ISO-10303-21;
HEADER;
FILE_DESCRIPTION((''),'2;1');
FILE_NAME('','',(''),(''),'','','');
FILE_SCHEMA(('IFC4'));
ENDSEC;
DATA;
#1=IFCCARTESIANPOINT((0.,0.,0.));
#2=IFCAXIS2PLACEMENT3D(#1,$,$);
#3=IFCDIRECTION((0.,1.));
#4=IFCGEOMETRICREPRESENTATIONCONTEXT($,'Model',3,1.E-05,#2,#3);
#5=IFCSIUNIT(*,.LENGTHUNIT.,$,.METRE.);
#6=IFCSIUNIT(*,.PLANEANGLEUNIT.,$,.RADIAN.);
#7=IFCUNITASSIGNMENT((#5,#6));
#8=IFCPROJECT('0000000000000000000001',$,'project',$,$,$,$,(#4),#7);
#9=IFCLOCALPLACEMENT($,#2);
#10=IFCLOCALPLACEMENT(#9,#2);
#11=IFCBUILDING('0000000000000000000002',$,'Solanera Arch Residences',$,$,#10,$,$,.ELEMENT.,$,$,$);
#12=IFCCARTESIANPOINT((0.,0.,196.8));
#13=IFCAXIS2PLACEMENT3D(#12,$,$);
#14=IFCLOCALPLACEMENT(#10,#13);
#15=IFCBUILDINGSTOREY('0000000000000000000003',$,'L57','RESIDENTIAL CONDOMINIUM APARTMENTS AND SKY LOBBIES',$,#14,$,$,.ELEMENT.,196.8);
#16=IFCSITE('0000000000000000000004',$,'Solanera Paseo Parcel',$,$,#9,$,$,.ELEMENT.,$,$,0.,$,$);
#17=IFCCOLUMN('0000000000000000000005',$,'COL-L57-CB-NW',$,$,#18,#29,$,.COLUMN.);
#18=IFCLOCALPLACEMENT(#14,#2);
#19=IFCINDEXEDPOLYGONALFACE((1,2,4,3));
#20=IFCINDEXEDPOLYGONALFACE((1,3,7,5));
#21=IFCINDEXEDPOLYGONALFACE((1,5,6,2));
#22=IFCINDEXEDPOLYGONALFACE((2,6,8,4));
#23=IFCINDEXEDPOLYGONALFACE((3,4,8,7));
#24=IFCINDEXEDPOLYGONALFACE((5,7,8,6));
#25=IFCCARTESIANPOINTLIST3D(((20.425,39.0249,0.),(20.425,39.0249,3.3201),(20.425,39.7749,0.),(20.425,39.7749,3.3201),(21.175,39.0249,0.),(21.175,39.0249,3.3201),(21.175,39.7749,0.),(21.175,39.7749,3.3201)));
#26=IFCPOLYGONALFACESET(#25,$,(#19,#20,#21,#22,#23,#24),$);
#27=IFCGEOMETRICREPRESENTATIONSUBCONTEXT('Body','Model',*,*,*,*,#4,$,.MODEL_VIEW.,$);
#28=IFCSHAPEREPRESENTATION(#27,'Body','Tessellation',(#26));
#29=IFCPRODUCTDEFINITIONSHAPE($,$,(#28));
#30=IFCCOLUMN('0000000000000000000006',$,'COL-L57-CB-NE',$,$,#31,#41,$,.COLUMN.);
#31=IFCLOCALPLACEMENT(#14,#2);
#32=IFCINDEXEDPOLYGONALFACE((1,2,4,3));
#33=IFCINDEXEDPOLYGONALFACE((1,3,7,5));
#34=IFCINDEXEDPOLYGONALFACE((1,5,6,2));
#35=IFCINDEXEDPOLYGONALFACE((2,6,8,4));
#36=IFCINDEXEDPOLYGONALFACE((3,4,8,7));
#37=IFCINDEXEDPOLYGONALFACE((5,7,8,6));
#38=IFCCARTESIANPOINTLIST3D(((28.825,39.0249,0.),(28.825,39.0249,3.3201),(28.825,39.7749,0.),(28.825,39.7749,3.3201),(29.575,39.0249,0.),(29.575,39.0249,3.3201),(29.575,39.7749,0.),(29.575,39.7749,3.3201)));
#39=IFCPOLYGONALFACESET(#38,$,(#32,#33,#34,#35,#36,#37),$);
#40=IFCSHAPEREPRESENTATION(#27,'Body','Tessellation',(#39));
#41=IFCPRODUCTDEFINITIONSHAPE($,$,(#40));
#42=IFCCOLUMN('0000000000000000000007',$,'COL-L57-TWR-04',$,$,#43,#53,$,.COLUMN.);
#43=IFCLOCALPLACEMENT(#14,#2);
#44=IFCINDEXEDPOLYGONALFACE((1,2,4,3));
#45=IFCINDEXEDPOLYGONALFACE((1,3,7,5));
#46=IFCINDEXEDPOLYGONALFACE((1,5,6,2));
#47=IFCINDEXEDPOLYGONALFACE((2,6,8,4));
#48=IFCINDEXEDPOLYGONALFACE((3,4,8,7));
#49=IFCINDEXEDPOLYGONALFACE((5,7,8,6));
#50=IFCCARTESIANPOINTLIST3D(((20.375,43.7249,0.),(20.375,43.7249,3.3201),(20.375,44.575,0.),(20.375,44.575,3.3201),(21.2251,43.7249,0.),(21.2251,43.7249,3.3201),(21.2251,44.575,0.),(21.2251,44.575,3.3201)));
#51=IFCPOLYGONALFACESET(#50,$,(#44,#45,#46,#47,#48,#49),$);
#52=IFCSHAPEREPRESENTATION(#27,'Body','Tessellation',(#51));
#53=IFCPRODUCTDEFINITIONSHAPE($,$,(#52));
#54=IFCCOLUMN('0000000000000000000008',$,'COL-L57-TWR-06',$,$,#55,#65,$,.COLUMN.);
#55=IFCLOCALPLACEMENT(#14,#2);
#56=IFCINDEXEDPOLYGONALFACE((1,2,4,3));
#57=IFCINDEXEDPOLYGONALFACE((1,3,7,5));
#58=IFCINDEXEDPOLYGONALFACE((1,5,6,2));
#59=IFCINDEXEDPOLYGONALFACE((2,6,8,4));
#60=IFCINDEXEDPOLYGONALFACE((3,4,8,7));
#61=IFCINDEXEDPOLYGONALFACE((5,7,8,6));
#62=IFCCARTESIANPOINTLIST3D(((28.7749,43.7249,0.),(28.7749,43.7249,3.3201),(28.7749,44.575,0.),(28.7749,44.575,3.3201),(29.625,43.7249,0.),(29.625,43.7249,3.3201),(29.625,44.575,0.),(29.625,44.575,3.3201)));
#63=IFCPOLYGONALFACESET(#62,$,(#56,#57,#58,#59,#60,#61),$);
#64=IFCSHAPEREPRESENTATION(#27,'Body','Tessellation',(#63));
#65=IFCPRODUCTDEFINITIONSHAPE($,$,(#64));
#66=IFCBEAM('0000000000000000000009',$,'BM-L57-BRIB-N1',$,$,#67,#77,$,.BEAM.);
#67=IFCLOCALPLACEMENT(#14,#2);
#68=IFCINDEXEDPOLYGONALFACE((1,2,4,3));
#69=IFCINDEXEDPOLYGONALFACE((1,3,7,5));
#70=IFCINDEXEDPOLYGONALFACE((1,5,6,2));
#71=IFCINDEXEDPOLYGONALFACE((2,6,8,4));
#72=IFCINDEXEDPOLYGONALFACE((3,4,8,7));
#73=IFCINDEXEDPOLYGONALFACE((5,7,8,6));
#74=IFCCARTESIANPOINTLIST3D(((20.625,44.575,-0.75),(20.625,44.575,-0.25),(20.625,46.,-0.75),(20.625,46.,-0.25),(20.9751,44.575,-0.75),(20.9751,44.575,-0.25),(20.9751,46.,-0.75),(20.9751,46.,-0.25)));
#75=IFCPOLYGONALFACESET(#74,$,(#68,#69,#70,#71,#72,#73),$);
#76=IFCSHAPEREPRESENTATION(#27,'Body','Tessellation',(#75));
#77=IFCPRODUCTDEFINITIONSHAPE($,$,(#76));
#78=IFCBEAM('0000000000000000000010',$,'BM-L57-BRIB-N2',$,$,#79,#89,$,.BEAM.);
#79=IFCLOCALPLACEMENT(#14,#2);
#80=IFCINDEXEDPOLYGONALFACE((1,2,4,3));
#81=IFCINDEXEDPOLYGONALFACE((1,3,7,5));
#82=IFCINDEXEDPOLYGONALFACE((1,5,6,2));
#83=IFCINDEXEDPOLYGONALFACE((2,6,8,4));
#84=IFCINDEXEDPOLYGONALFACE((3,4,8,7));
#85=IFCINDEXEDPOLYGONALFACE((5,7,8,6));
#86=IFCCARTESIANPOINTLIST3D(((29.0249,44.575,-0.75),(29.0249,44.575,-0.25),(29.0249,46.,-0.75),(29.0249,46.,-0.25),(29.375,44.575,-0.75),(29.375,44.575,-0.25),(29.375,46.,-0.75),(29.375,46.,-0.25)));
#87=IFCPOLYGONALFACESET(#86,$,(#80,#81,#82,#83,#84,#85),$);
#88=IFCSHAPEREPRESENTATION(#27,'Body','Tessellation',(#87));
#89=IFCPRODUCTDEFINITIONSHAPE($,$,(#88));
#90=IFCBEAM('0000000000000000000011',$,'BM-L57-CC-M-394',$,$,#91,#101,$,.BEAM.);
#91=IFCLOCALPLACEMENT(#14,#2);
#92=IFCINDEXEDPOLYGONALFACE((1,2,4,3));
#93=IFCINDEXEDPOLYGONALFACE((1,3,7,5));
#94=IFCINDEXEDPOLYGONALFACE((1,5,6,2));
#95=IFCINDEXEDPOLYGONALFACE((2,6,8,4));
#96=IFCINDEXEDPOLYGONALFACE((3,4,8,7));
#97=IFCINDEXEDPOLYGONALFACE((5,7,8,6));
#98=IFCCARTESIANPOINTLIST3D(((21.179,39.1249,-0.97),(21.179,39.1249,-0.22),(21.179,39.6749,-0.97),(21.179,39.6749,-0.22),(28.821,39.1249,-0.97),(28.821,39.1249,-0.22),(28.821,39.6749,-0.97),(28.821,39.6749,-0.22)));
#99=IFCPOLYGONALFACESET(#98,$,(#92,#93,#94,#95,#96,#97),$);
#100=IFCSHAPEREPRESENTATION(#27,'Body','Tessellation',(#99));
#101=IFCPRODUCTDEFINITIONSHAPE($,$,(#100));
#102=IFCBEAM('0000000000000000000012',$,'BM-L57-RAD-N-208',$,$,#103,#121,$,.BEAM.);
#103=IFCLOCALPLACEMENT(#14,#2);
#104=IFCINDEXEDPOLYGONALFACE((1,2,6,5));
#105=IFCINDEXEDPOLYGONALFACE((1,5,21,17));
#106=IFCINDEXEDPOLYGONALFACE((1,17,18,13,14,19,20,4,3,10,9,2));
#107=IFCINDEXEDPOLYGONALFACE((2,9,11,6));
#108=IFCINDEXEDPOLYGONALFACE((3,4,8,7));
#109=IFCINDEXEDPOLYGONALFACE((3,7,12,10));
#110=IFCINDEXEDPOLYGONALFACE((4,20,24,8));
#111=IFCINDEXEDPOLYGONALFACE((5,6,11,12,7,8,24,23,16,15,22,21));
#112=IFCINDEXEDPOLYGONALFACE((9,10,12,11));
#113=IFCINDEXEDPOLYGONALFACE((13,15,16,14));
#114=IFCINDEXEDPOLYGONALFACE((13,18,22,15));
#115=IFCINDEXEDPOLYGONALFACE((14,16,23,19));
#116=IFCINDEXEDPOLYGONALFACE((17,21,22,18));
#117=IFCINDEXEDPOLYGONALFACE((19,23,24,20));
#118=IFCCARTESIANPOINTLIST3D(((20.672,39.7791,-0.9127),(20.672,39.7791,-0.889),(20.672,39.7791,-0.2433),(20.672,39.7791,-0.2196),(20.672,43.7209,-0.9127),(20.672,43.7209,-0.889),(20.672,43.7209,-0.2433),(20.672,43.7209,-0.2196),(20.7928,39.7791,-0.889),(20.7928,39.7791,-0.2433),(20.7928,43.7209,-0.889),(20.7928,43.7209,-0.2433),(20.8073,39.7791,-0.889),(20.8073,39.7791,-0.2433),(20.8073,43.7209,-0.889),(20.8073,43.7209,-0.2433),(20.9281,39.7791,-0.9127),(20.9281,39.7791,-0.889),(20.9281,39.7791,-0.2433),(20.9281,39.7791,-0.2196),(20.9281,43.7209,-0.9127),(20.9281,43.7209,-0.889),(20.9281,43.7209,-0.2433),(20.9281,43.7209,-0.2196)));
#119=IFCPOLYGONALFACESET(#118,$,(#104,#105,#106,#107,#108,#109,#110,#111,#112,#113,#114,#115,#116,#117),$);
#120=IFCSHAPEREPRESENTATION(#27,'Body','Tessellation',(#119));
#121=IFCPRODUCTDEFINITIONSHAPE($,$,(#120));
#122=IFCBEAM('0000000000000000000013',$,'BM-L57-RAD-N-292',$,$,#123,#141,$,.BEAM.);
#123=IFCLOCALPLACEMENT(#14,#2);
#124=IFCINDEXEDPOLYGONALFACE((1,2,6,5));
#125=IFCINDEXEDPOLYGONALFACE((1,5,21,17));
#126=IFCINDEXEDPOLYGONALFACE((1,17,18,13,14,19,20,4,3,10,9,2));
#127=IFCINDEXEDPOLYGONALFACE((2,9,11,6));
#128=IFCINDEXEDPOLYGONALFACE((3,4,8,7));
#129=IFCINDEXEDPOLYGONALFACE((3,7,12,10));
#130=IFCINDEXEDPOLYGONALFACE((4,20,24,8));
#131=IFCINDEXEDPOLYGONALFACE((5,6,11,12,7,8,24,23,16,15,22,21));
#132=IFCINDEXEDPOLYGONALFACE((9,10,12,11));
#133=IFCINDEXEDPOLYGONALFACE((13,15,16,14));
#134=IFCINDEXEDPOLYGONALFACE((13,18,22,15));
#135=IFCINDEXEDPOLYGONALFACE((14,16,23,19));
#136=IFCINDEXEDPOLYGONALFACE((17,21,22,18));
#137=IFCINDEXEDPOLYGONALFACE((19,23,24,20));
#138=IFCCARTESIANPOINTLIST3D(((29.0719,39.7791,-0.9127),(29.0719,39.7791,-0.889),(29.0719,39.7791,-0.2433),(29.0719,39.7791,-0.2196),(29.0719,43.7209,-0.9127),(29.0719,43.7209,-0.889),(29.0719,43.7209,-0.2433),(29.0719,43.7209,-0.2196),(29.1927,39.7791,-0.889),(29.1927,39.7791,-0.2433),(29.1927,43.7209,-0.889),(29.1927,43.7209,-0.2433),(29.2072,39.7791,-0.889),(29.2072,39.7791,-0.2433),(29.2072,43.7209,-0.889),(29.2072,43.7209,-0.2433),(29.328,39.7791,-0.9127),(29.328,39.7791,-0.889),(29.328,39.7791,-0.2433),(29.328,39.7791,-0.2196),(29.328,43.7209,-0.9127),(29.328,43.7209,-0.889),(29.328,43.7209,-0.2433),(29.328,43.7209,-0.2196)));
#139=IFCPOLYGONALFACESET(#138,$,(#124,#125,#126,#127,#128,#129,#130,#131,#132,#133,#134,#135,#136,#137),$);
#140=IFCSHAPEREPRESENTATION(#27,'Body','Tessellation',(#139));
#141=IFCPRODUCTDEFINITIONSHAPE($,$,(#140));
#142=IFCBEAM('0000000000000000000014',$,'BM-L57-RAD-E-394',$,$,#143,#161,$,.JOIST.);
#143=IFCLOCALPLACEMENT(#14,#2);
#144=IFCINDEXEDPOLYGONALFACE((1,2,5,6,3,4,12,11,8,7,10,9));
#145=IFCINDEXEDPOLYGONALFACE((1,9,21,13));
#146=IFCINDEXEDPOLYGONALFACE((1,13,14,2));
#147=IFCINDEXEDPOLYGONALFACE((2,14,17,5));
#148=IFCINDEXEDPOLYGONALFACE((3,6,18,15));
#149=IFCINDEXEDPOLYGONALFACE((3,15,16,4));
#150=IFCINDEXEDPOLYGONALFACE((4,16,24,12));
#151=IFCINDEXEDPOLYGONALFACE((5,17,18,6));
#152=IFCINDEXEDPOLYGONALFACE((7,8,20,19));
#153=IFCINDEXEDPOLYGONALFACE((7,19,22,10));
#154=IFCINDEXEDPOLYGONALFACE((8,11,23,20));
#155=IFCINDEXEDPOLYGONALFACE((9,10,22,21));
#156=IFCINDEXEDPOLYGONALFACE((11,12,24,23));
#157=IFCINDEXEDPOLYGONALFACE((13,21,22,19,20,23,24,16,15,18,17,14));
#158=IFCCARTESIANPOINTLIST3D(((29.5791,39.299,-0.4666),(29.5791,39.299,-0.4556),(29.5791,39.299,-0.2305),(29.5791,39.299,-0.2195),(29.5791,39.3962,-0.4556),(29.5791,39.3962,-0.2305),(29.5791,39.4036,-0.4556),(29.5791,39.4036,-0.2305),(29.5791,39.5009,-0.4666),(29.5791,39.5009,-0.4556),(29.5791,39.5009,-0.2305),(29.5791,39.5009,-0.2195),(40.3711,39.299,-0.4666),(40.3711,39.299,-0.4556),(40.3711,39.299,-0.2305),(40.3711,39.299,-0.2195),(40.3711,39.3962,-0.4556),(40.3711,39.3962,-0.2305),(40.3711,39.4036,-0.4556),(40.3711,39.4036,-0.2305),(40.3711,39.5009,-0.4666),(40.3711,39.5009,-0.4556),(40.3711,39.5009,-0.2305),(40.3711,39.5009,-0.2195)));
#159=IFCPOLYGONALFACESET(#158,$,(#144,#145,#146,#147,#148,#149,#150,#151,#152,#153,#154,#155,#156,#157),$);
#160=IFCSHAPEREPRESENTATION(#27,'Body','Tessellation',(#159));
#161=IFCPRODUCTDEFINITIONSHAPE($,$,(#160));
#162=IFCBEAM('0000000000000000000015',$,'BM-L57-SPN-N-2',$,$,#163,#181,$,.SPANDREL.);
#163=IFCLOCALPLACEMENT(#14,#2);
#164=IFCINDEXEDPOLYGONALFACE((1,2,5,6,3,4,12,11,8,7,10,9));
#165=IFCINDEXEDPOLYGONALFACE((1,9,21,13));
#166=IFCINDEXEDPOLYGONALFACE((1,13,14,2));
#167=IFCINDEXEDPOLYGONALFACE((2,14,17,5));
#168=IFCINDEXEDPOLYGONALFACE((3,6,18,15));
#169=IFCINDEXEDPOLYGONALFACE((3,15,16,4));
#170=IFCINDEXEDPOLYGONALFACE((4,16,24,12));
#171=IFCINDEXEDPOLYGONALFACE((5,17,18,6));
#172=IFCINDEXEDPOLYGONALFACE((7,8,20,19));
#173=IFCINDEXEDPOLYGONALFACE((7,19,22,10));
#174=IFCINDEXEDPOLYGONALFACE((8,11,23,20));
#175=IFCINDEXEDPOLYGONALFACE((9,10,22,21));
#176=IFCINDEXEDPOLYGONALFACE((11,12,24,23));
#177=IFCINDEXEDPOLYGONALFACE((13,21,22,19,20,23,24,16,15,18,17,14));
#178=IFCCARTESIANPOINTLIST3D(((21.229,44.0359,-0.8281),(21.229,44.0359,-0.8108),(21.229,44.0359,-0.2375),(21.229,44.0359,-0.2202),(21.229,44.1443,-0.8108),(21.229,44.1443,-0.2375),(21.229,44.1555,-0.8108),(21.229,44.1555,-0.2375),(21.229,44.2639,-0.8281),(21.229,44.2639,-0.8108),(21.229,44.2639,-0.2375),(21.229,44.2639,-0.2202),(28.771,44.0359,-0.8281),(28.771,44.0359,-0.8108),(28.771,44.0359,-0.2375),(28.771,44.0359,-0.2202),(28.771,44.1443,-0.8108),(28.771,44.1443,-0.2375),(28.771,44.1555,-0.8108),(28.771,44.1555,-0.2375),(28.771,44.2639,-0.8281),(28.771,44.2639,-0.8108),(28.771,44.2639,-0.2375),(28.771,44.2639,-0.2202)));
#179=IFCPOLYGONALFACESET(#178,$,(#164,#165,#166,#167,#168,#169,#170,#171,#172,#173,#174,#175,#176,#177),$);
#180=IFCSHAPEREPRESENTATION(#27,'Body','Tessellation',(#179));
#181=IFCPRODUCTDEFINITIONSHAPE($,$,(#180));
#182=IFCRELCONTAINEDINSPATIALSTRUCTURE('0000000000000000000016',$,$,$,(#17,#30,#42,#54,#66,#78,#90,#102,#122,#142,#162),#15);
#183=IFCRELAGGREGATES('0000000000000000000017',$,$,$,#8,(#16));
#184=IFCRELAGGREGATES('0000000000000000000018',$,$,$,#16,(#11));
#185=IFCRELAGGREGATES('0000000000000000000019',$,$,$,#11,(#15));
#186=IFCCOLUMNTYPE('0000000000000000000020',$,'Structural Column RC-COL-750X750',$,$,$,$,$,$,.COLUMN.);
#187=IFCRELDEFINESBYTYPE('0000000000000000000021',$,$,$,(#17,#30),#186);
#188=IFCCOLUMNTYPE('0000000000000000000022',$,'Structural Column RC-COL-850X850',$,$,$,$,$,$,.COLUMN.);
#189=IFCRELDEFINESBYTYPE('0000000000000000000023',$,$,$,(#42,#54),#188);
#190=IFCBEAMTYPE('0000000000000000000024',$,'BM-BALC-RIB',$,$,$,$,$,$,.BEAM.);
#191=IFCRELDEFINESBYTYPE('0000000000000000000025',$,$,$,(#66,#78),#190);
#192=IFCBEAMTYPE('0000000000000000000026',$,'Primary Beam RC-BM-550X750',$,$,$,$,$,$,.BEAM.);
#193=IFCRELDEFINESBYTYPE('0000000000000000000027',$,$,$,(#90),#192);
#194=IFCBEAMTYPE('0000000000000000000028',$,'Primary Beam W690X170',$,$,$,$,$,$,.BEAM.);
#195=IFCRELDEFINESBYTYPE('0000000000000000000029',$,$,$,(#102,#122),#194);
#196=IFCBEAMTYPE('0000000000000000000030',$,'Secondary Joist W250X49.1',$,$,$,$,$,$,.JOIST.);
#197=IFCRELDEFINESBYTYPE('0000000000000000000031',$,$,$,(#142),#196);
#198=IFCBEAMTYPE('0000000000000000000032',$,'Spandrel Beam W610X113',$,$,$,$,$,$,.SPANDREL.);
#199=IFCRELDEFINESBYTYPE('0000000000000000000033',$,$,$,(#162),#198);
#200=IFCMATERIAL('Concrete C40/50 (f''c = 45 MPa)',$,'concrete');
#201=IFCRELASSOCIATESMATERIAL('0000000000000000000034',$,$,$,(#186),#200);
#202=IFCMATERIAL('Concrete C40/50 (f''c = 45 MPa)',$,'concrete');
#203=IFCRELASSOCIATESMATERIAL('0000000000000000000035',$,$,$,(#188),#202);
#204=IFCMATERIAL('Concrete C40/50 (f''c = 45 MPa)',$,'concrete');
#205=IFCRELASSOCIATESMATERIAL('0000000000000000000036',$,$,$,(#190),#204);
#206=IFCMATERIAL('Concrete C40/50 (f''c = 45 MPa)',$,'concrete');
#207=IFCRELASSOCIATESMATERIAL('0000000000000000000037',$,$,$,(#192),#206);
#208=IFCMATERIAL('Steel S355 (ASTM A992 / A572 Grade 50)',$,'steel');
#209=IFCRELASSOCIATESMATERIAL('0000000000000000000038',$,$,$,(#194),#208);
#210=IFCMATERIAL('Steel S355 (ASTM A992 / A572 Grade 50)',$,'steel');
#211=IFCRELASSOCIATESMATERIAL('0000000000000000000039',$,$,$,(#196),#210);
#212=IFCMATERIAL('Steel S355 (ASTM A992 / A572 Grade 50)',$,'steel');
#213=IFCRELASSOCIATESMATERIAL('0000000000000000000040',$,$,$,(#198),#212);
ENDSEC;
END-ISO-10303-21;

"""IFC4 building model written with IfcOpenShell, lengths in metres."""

from ifc_helpers import new_model, si_unit, direction, frame, origin, origin_2d, place, context, subcontext, project, spatial, rectangle, i_section, extrude, material, material_profile, profile_set, type_object, element, save


model = new_model("IFC4")

# Units and contexts
model_context = context("Model", 3, precision=1e-05, world=origin(), true_north=direction((0.0, 1.0)))
body_context = subcontext(model_context, "Body", "Model", "MODEL_VIEW")
ifc_project = project(units=[si_unit("LENGTHUNIT", "METRE"), si_unit("PLANEANGLEUNIT", "RADIAN")], contexts=[model_context])

# Site, building, storey
site_placement = place(None, origin())
site = spatial("IfcSite", under=ifc_project, at=site_placement, Name="Solanera Paseo Parcel", CompositionType="ELEMENT", RefElevation=0.0)
building_placement = place(site_placement, origin())
building = spatial("IfcBuilding", under=site, at=building_placement, Name="Solanera Arch Residences", CompositionType="ELEMENT")
storey_placement = place(building_placement, frame((0.0, 0.0, 196.8)))
storey = spatial("IfcBuildingStorey", under=building, at=storey_placement, Name="L57", Description="RESIDENTIAL CONDOMINIUM APARTMENTS AND SKY LOBBIES", CompositionType="ELEMENT", Elevation=196.8)

# Columns
ifc_material_1 = material(Name="Concrete C40/50 (f'c = 45 MPa)", Category="concrete")
ifc_material_profile_1 = material_profile(ifc_material_1, rectangle(XDim=0.75, YDim=0.75, at=origin_2d()))
ifc_profile_set_1 = profile_set([ifc_material_profile_1], Name="Concrete C40/50 (f'c = 45 MPa)")
column_type_1 = type_object("IfcColumnType", Name="Structural Column RC-COL-750X750", PredefinedType="COLUMN", material=ifc_profile_set_1)
for number, where, z_axis, x_axis, name in (
    (1, (20.8, 39.3999, 0.0), (0.0, 0.0, 1.0), (1.0, 0.0, 0.0), "COL-L57-CB-NW"),
    (2, (29.2, 39.3999, 0.0), (0.0, 0.0, 1.0), (1.0, 0.0, 0.0), "COL-L57-CB-NE"),
):
    element("IfcColumn", number, at=place(storey_placement, frame(where, z_axis=z_axis, x_axis=x_axis)), inside=storey, type_object=column_type_1, Name=name, PredefinedType="COLUMN", context=body_context, shape_type="SweptSolid", body=[
        extrude(rectangle(XDim=0.75, YDim=0.75, at=origin_2d()), origin(), (0.0, 0.0, 1.0), 3.3201),
    ])
ifc_material_2 = material(Name="Concrete C40/50 (f'c = 45 MPa)", Category="concrete")
ifc_material_profile_2 = material_profile(ifc_material_2, rectangle(XDim=0.8501, YDim=0.8501, at=origin_2d()))
ifc_profile_set_2 = profile_set([ifc_material_profile_2], Name="Concrete C40/50 (f'c = 45 MPa)")
column_type_2 = type_object("IfcColumnType", Name="Structural Column RC-COL-850X850", PredefinedType="COLUMN", material=ifc_profile_set_2)
for number, where, z_axis, x_axis, name in (
    (3, (20.8, 44.1499, 0.0), (0.0, 0.0, 1.0), (1.0, 0.0, 0.0), "COL-L57-TWR-04"),
    (4, (29.2, 44.1499, 0.0), (0.0, 0.0, 1.0), (1.0, 0.0, 0.0), "COL-L57-TWR-06"),
):
    element("IfcColumn", number, at=place(storey_placement, frame(where, z_axis=z_axis, x_axis=x_axis)), inside=storey, type_object=column_type_2, Name=name, PredefinedType="COLUMN", context=body_context, shape_type="SweptSolid", body=[
        extrude(rectangle(XDim=0.8501, YDim=0.8501, at=origin_2d()), origin(), (0.0, 0.0, 1.0), 3.3201),
    ])

# Beams
ifc_material_3 = material(Name="Concrete C40/50 (f'c = 45 MPa)", Category="concrete")
ifc_material_profile_3 = material_profile(ifc_material_3, rectangle(XDim=0.3501, YDim=0.5, at=origin_2d()))
ifc_profile_set_3 = profile_set([ifc_material_profile_3], Name="Concrete C40/50 (f'c = 45 MPa)")
beam_type_1 = type_object("IfcBeamType", Name="BM-BALC-RIB", PredefinedType="BEAM", material=ifc_profile_set_3)
for number, where, z_axis, x_axis, name in (
    (5, (20.8, 44.575, -0.5), (0.0, 1.0, 0.0), (-1.0, 0.0, 0.0), "BM-L57-BRIB-N1"),
    (6, (29.2, 44.575, -0.5), (0.0, 1.0, 0.0), (-1.0, 0.0, 0.0), "BM-L57-BRIB-N2"),
):
    element("IfcBeam", number, at=place(storey_placement, frame(where, z_axis=z_axis, x_axis=x_axis)), inside=storey, type_object=beam_type_1, Name=name, PredefinedType="BEAM", context=body_context, shape_type="SweptSolid", body=[
        extrude(rectangle(XDim=0.3501, YDim=0.5, at=origin_2d()), origin(), (0.0, 0.0, 1.0), 1.425),
    ])
ifc_material_4 = material(Name="Concrete C40/50 (f'c = 45 MPa)", Category="concrete")
ifc_material_profile_4 = material_profile(ifc_material_4, rectangle(XDim=0.55, YDim=0.75, at=origin_2d()))
ifc_profile_set_4 = profile_set([ifc_material_profile_4], Name="Concrete C40/50 (f'c = 45 MPa)")
beam_type_2 = type_object("IfcBeamType", Name="Primary Beam RC-BM-550X750", PredefinedType="BEAM", material=ifc_profile_set_4)
beam_1_placement = place(storey_placement, frame((21.179, 39.3999, -0.595), z_axis=(1.0, 0.0, 0.0), x_axis=(0.0, 1.0, 0.0)))
element("IfcBeam", 7, at=beam_1_placement, inside=storey, type_object=beam_type_2, Name="BM-L57-CC-M-394", PredefinedType="BEAM", context=body_context, shape_type="SweptSolid", body=[
    extrude(rectangle(XDim=0.55, YDim=0.75, at=origin_2d()), origin(), (0.0, 0.0, 1.0), 7.6421),
])
ifc_material_5 = material(Name="Steel S355 (ASTM A992 / A572 Grade 50)", Category="steel")
ifc_material_profile_5 = material_profile(ifc_material_5, i_section(OverallWidth=0.2561, OverallDepth=0.6931, WebThickness=0.0144, FlangeThickness=0.0237, at=origin_2d()))
ifc_profile_set_5 = profile_set([ifc_material_profile_5], Name="Steel S355 (ASTM A992 / A572 Grade 50)")
beam_type_3 = type_object("IfcBeamType", Name="Primary Beam W690X170", PredefinedType="BEAM", material=ifc_profile_set_5)
for number, where, z_axis, x_axis, name in (
    (8, (20.8, 39.7791, -0.5662), (0.0, 1.0, 0.0), (-1.0, 0.0, 0.0), "BM-L57-RAD-N-208"),
    (9, (29.2, 39.7791, -0.5662), (0.0, 1.0, 0.0), (-1.0, 0.0, 0.0), "BM-L57-RAD-N-292"),
):
    element("IfcBeam", number, at=place(storey_placement, frame(where, z_axis=z_axis, x_axis=x_axis)), inside=storey, type_object=beam_type_3, Name=name, PredefinedType="BEAM", context=body_context, shape_type="SweptSolid", body=[
        extrude(i_section(OverallWidth=0.2561, OverallDepth=0.6931, WebThickness=0.0144, FlangeThickness=0.0237, at=origin_2d()), origin(), (0.0, 0.0, 1.0), 3.9419),
    ])
ifc_material_6 = material(Name="Steel S355 (ASTM A992 / A572 Grade 50)", Category="steel")
ifc_material_profile_6 = material_profile(ifc_material_6, i_section(OverallWidth=0.2019, OverallDepth=0.2471, WebThickness=0.0073, FlangeThickness=0.011, at=origin_2d()))
ifc_profile_set_6 = profile_set([ifc_material_profile_6], Name="Steel S355 (ASTM A992 / A572 Grade 50)")
beam_type_4 = type_object("IfcBeamType", Name="Secondary Joist W250X49.1", PredefinedType="JOIST", material=ifc_profile_set_6)
beam_2_placement = place(storey_placement, frame((29.5791, 39.3999, -0.343), z_axis=(1.0, 0.0, 0.0), x_axis=(0.0, 1.0, 0.0)))
element("IfcBeam", 10, at=beam_2_placement, inside=storey, type_object=beam_type_4, Name="BM-L57-RAD-E-394", PredefinedType="JOIST", context=body_context, shape_type="SweptSolid", body=[
    extrude(i_section(OverallWidth=0.2019, OverallDepth=0.2471, WebThickness=0.0073, FlangeThickness=0.011, at=origin_2d()), origin(), (0.0, 0.0, 1.0), 10.792),
])
ifc_material_7 = material(Name="Steel S355 (ASTM A992 / A572 Grade 50)", Category="steel")
ifc_material_profile_7 = material_profile(ifc_material_7, i_section(OverallWidth=0.228, OverallDepth=0.6079, WebThickness=0.0112, FlangeThickness=0.0173, at=origin_2d()))
ifc_profile_set_7 = profile_set([ifc_material_profile_7], Name="Steel S355 (ASTM A992 / A572 Grade 50)")
beam_type_5 = type_object("IfcBeamType", Name="Spandrel Beam W610X113", PredefinedType="SPANDREL", material=ifc_profile_set_7)
beam_3_placement = place(storey_placement, frame((21.229, 44.1499, -0.5242), z_axis=(1.0, 0.0, 0.0), x_axis=(0.0, 1.0, 0.0)))
element("IfcBeam", 11, at=beam_3_placement, inside=storey, type_object=beam_type_5, Name="BM-L57-SPN-N-2", PredefinedType="SPANDREL", context=body_context, shape_type="SweptSolid", body=[
    extrude(i_section(OverallWidth=0.228, OverallDepth=0.6079, WebThickness=0.0112, FlangeThickness=0.0173, at=origin_2d()), origin(), (0.0, 0.0, 1.0), 7.542),
])

save(model, "model.ifc")
